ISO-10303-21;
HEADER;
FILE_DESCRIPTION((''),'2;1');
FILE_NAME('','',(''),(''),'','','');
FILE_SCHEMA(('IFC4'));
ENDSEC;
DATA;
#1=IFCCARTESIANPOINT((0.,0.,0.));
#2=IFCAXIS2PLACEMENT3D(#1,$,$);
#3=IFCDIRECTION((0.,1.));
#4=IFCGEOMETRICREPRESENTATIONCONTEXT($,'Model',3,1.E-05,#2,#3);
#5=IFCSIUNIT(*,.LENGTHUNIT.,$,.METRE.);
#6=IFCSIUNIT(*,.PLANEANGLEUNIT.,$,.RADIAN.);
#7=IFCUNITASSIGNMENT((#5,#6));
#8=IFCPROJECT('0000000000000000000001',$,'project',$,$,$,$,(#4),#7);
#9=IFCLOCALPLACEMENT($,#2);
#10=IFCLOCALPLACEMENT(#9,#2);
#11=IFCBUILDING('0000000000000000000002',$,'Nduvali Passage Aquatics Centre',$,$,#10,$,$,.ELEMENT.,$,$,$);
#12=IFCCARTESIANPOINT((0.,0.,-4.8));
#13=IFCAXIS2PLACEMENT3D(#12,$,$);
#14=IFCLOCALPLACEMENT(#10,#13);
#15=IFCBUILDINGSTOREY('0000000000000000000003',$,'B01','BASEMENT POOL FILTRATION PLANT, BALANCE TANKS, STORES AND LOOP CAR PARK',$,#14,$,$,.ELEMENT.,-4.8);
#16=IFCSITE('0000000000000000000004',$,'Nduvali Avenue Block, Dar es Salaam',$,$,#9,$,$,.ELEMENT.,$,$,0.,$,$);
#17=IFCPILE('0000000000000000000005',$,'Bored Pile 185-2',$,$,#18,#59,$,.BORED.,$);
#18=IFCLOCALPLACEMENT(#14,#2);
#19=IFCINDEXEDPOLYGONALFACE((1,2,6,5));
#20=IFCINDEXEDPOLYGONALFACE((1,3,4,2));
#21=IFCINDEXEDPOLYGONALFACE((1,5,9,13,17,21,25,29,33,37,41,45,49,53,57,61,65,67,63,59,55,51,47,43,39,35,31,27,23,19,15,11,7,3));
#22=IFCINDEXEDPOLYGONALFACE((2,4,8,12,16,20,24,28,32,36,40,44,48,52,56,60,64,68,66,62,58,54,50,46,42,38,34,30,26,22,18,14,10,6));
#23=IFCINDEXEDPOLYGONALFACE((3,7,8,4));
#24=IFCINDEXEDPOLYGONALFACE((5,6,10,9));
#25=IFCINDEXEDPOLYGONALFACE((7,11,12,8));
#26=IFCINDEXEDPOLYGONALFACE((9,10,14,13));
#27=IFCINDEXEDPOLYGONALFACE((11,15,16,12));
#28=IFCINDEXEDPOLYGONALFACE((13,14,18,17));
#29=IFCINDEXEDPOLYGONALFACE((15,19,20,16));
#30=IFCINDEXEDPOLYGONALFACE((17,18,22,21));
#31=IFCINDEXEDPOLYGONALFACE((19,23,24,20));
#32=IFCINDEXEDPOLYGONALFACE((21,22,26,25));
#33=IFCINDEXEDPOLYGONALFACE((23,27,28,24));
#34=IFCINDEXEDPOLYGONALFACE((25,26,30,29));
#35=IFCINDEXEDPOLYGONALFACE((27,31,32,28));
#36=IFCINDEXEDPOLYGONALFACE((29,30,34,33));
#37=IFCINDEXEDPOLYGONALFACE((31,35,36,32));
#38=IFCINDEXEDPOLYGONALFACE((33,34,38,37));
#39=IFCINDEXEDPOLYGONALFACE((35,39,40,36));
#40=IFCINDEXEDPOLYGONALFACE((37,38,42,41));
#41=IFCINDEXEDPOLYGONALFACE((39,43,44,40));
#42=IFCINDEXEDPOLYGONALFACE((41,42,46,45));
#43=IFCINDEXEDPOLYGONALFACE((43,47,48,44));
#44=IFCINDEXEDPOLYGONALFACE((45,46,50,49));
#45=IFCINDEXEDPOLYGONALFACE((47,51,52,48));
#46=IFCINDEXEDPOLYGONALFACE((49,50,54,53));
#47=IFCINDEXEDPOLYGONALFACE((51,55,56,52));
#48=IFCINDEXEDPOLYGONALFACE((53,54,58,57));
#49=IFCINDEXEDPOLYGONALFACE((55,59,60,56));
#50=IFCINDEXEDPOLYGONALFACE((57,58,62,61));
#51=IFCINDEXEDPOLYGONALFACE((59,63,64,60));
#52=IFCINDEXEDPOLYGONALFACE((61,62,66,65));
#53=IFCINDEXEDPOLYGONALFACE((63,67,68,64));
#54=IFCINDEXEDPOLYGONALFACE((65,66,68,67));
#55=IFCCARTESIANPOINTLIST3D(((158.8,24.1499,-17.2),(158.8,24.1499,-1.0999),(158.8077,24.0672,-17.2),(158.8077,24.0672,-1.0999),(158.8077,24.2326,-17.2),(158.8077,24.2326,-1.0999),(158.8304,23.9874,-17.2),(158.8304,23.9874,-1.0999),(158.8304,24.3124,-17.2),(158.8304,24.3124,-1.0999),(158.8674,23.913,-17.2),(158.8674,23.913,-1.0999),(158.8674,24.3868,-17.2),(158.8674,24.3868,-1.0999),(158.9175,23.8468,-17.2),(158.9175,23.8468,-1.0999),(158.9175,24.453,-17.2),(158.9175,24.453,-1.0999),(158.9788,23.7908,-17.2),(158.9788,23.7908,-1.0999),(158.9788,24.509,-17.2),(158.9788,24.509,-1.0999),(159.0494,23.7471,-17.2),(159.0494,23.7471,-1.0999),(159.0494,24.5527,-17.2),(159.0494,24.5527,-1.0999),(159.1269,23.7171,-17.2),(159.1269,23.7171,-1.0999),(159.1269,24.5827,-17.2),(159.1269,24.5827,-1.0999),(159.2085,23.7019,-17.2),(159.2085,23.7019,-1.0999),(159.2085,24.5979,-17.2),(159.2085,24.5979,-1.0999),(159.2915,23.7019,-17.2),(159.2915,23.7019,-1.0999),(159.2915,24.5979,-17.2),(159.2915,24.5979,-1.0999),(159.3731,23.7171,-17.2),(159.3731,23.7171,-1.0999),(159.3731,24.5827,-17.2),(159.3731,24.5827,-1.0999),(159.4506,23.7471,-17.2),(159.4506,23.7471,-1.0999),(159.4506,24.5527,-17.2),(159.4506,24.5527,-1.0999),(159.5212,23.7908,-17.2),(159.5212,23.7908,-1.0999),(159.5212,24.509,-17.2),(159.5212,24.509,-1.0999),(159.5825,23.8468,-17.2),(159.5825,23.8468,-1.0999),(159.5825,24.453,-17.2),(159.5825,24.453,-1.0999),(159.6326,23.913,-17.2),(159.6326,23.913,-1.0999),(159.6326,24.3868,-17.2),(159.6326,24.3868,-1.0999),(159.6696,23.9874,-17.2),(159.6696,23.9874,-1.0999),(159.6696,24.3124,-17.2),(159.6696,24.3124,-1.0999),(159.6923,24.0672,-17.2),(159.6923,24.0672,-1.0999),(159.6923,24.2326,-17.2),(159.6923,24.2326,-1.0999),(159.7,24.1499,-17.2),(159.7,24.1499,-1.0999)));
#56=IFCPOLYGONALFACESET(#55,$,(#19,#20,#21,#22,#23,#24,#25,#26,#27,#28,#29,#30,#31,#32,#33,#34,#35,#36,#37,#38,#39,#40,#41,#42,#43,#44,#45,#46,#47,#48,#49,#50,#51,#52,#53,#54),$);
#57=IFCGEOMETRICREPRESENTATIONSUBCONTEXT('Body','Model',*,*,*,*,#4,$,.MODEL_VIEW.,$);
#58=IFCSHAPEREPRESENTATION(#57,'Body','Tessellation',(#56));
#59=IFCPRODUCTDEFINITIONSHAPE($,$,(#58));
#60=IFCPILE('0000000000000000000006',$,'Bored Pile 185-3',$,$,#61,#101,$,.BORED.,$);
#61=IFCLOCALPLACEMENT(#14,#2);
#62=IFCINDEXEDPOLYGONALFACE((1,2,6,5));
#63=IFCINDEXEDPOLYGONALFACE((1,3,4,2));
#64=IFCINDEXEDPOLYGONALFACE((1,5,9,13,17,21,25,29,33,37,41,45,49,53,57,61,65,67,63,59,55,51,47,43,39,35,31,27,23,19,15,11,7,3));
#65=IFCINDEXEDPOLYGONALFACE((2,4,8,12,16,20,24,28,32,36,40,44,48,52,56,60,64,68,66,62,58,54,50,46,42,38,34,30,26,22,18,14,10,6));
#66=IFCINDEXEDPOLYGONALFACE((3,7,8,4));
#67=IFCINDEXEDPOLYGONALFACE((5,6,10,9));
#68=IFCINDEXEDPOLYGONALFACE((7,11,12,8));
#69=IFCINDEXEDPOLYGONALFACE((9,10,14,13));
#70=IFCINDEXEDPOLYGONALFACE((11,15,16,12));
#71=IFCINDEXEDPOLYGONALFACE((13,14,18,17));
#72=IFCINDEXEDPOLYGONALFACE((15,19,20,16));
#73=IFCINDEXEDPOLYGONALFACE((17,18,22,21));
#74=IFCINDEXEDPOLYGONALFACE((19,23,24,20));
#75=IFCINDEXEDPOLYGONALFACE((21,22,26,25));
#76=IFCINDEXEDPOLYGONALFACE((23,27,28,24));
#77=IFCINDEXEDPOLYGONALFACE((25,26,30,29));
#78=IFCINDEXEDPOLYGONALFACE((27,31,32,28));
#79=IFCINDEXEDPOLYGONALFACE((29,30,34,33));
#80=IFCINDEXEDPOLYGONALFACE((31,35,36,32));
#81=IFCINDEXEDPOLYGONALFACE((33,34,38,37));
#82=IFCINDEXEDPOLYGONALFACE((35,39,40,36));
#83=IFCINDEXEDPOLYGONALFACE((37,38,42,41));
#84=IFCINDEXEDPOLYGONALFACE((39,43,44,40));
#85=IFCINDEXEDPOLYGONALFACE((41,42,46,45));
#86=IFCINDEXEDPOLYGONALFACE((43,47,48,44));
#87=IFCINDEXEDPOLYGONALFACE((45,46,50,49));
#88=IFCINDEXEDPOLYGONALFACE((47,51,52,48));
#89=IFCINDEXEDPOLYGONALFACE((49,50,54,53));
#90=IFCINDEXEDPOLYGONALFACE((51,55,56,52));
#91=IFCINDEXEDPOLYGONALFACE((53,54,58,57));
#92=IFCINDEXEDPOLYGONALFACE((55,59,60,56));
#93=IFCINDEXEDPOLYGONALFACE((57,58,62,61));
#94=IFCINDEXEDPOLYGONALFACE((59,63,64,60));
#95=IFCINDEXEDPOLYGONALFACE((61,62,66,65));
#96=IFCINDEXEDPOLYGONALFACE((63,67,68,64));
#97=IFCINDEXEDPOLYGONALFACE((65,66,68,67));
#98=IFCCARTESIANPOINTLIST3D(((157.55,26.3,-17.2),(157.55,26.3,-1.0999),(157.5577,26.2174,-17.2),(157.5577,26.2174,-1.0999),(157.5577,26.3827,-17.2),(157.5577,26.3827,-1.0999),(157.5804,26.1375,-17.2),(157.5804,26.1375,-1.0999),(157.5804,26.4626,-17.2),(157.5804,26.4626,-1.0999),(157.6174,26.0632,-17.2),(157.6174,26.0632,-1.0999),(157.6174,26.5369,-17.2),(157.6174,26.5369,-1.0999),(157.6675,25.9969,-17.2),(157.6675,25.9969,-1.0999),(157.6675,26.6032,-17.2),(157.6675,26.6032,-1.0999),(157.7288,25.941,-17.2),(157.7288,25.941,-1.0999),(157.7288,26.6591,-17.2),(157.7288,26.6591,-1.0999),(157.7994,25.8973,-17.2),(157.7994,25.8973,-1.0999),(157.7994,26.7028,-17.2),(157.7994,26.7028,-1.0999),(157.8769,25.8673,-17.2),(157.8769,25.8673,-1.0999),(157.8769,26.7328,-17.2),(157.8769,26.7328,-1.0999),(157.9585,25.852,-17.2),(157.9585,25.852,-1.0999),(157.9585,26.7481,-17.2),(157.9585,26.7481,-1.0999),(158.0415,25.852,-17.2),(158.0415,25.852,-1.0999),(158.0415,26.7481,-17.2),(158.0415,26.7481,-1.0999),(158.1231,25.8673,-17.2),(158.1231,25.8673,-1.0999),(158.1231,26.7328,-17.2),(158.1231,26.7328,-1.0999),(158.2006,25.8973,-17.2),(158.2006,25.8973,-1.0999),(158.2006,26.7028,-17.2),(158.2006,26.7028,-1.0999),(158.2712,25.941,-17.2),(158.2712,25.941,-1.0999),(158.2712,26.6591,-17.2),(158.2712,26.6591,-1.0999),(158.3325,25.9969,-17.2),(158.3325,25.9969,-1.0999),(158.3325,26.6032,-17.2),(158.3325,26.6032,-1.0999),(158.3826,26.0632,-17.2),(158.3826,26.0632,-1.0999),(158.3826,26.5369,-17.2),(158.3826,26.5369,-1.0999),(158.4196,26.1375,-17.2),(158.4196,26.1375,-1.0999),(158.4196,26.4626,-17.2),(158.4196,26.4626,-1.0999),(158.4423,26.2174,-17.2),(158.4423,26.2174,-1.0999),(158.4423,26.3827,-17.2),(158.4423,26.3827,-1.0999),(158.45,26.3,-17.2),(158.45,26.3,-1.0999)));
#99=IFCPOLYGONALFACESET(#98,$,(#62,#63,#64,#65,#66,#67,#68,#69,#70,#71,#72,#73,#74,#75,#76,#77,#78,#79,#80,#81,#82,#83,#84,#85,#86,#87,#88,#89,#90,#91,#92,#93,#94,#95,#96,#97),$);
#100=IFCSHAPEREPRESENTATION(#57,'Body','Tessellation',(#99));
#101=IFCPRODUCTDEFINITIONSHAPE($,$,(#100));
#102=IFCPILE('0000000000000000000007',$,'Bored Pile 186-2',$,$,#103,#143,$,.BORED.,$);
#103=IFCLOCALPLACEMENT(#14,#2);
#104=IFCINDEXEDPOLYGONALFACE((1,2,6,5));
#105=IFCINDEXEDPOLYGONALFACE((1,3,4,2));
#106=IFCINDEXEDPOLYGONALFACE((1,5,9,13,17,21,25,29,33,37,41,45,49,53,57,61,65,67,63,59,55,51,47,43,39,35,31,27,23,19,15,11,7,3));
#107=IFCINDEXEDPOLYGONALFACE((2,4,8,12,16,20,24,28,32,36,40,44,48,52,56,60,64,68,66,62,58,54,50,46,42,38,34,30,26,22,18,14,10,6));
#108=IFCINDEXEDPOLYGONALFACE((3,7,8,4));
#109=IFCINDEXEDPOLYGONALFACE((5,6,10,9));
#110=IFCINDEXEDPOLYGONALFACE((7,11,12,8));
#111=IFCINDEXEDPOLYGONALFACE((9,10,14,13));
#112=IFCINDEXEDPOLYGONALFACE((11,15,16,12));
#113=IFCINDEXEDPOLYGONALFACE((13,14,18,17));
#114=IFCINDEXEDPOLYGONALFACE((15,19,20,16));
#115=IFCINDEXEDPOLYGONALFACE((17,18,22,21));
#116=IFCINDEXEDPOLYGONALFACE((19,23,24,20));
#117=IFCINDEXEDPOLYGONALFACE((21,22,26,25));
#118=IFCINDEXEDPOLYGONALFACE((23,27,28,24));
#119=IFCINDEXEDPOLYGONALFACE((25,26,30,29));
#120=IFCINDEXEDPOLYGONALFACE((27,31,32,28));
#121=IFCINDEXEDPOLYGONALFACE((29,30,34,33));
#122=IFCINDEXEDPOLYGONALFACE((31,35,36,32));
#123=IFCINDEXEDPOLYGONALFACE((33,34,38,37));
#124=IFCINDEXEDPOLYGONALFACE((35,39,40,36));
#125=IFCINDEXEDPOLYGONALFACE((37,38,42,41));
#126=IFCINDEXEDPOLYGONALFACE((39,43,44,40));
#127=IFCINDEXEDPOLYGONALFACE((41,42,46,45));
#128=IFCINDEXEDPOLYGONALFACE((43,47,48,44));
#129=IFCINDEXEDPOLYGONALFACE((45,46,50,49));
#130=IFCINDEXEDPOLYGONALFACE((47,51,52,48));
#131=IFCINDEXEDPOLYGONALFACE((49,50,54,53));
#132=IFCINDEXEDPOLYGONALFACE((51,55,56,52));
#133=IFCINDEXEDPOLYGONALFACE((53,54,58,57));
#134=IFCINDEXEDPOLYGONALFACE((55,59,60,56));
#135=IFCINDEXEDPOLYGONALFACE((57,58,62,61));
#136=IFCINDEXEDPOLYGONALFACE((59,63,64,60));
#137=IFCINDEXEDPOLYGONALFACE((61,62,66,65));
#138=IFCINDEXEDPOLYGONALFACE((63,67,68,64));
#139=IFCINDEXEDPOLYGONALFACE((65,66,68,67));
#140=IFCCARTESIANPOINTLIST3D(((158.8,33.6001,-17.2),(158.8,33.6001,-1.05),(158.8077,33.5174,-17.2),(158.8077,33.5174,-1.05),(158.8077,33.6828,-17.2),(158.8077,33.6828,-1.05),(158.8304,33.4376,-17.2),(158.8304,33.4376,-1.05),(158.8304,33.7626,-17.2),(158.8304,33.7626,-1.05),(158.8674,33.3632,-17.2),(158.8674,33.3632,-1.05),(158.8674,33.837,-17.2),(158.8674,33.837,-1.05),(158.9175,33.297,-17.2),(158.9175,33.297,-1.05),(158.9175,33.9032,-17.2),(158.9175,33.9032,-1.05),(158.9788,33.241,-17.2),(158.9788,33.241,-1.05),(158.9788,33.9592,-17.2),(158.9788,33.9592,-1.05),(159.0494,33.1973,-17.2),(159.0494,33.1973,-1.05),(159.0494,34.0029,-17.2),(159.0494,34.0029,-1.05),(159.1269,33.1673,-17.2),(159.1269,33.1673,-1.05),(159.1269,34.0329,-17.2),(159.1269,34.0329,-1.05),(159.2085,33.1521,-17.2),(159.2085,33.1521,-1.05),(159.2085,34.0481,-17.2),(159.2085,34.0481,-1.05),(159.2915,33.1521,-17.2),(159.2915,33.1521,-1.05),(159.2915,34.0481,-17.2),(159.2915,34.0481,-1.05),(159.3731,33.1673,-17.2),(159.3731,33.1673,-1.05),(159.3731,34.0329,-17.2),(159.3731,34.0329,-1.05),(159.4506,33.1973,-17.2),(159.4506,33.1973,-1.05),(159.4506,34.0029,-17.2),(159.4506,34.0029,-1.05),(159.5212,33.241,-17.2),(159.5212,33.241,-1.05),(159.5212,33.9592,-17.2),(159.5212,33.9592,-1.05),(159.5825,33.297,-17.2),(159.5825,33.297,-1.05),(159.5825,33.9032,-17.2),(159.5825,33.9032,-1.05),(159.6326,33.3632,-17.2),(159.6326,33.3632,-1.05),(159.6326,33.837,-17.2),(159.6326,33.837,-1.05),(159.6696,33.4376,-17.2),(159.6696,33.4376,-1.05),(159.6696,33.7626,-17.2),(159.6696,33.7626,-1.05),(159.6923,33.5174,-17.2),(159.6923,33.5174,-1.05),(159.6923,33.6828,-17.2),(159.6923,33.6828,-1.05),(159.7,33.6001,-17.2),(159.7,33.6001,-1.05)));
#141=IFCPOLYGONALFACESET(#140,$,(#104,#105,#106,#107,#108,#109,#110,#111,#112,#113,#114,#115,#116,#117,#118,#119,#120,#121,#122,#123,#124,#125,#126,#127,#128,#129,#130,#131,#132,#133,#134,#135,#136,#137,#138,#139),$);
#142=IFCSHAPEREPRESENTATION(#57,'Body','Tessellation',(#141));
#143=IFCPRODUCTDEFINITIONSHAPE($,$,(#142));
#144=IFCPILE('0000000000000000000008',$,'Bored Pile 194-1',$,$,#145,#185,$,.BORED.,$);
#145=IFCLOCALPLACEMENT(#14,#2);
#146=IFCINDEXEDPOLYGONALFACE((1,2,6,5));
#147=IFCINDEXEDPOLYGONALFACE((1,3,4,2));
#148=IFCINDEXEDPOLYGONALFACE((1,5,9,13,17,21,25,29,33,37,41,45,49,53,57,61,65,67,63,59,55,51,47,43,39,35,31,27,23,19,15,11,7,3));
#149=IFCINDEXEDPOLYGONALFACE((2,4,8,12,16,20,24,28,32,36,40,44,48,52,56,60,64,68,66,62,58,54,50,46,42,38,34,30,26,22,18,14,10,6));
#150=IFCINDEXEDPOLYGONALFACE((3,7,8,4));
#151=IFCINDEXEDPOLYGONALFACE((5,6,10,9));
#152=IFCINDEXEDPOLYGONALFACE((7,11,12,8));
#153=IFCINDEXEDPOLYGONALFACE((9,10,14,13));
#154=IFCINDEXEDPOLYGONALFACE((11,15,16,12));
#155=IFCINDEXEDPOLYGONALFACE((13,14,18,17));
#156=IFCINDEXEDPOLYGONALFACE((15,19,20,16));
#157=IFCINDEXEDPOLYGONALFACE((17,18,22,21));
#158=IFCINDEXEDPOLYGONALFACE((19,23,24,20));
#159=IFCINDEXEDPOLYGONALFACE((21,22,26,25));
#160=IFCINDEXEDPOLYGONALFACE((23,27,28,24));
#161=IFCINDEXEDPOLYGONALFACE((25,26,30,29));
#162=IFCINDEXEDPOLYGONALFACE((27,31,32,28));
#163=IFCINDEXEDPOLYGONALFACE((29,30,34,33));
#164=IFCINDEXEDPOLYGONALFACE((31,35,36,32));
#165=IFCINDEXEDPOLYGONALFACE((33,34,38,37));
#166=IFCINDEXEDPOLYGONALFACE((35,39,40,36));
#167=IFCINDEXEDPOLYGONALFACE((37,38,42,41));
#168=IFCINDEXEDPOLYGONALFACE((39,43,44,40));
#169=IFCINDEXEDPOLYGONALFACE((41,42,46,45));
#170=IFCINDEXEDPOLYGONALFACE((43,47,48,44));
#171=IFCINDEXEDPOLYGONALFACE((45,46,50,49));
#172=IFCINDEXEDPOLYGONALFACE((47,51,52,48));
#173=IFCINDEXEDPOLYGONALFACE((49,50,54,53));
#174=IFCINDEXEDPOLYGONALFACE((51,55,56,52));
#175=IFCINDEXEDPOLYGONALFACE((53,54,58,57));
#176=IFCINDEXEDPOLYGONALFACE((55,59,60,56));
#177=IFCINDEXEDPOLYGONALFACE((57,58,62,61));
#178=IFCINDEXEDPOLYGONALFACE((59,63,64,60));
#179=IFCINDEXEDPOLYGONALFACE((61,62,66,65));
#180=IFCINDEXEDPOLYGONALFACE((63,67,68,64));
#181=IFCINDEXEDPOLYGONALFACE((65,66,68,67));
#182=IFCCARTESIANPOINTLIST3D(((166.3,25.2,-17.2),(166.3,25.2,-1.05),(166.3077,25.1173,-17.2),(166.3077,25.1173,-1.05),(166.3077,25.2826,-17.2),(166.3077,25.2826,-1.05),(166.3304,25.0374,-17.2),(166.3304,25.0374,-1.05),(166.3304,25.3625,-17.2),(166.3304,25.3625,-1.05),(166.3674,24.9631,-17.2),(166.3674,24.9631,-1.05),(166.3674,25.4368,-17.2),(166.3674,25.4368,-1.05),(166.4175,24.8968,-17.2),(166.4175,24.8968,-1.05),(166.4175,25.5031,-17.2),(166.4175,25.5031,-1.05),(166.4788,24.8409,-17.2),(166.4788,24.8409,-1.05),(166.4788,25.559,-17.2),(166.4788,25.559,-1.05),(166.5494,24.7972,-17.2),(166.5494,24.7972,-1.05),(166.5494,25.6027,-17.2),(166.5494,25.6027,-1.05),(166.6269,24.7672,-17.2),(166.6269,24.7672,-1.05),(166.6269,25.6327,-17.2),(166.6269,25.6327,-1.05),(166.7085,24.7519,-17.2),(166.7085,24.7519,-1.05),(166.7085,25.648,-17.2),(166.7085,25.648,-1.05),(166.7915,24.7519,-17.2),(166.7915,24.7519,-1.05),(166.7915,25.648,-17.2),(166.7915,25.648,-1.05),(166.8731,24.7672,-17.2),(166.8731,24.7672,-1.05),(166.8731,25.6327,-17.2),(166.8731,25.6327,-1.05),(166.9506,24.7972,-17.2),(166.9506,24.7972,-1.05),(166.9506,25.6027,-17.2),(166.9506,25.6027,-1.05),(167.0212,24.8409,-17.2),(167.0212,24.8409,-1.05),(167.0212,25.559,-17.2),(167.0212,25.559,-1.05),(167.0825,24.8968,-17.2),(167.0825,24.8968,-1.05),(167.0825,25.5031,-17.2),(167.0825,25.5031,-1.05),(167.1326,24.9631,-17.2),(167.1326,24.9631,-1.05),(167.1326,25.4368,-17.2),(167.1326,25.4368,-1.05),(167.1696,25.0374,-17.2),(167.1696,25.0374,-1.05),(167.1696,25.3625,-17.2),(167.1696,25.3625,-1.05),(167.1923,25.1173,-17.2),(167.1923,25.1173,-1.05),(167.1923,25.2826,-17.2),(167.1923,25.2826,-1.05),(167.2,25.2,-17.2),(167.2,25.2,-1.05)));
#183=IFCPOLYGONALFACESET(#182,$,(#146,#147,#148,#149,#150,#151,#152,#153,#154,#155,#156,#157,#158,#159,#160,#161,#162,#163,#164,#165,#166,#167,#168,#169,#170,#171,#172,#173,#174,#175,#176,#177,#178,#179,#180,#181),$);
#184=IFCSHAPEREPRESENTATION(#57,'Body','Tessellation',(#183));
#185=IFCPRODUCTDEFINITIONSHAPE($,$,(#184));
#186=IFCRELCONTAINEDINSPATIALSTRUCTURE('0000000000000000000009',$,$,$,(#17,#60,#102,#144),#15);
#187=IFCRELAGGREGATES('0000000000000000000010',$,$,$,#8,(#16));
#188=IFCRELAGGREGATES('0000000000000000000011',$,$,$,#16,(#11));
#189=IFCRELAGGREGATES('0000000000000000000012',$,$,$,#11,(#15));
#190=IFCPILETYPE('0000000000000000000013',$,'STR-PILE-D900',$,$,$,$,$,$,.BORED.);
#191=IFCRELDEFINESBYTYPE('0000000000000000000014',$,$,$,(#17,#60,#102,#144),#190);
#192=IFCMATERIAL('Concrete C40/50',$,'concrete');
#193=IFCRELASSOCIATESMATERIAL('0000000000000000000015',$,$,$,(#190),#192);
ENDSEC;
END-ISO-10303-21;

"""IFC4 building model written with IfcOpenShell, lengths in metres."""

from ifc_helpers import new_model, si_unit, direction, frame, origin, origin_2d, place, context, subcontext, project, spatial, circle, extrude, material, material_profile, profile_set, type_object, element, save


model = new_model("IFC4")

# Units and contexts
model_context = context("Model", 3, precision=1e-05, world=origin(), true_north=direction((0.0, 1.0)))
body_context = subcontext(model_context, "Body", "Model", "MODEL_VIEW")
ifc_project = project(units=[si_unit("LENGTHUNIT", "METRE"), si_unit("PLANEANGLEUNIT", "RADIAN")], contexts=[model_context])

# Site, building, storey
site_placement = place(None, origin())
site = spatial("IfcSite", under=ifc_project, at=site_placement, Name="Nduvali Avenue Block, Dar es Salaam", CompositionType="ELEMENT", RefElevation=0.0)
building_placement = place(site_placement, origin())
building = spatial("IfcBuilding", under=site, at=building_placement, Name="Nduvali Passage Aquatics Centre", CompositionType="ELEMENT")
storey_placement = place(building_placement, frame((0.0, 0.0, -4.8)))
storey = spatial("IfcBuildingStorey", under=building, at=storey_placement, Name="B01", Description="BASEMENT POOL FILTRATION PLANT, BALANCE TANKS, STORES AND LOOP CAR PARK", CompositionType="ELEMENT", Elevation=-4.8)

# Shared definitions
ifc_material = material(Name="Concrete C40/50", Category="concrete")

# Piles
ifc_material_profile_1 = material_profile(ifc_material, circle(Radius=0.45, at=origin_2d()), Name="PILE D900")
ifc_profile_set_1 = profile_set([ifc_material_profile_1], Name="Concrete C40/50")
pile_type_1 = type_object("IfcPileType", Name="STR-PILE-D900", PredefinedType="BORED", material=ifc_profile_set_1)
for number, where, z_axis, x_axis, name in (
    (1, (159.25, 24.1499, -1.0999), (0.0, 0.0, -1.0), (1.0, 0.0, 0.0), "Bored Pile 185-2"),
    (2, (158.0, 26.3, -1.0999), (0.0, 0.0, -1.0), (1.0, 0.0, 0.0), "Bored Pile 185-3"),
):
    element("IfcPile", number, at=place(storey_placement, frame(where, z_axis=z_axis, x_axis=x_axis)), inside=storey, type_object=pile_type_1, Name=name, PredefinedType="BORED", context=body_context, shape_type="SweptSolid", body=[
        extrude(circle(Radius=0.45, at=origin_2d()), origin(), (0.0, 0.0, 1.0), 16.1001),
    ])
for number, where, z_axis, x_axis, name in (
    (3, (159.25, 33.6001, -1.05), (0.0, 0.0, -1.0), (1.0, 0.0, 0.0), "Bored Pile 186-2"),
    (4, (166.75, 25.2, -1.05), (0.0, 0.0, -1.0), (1.0, 0.0, 0.0), "Bored Pile 194-1"),
):
    element("IfcPile", number, at=place(storey_placement, frame(where, z_axis=z_axis, x_axis=x_axis)), inside=storey, type_object=pile_type_1, Name=name, PredefinedType="BORED", context=body_context, shape_type="SweptSolid", body=[
        extrude(circle(Radius=0.45, at=origin_2d()), origin(), (0.0, 0.0, 1.0), 16.1499),
    ])

save(model, "model.ifc")
